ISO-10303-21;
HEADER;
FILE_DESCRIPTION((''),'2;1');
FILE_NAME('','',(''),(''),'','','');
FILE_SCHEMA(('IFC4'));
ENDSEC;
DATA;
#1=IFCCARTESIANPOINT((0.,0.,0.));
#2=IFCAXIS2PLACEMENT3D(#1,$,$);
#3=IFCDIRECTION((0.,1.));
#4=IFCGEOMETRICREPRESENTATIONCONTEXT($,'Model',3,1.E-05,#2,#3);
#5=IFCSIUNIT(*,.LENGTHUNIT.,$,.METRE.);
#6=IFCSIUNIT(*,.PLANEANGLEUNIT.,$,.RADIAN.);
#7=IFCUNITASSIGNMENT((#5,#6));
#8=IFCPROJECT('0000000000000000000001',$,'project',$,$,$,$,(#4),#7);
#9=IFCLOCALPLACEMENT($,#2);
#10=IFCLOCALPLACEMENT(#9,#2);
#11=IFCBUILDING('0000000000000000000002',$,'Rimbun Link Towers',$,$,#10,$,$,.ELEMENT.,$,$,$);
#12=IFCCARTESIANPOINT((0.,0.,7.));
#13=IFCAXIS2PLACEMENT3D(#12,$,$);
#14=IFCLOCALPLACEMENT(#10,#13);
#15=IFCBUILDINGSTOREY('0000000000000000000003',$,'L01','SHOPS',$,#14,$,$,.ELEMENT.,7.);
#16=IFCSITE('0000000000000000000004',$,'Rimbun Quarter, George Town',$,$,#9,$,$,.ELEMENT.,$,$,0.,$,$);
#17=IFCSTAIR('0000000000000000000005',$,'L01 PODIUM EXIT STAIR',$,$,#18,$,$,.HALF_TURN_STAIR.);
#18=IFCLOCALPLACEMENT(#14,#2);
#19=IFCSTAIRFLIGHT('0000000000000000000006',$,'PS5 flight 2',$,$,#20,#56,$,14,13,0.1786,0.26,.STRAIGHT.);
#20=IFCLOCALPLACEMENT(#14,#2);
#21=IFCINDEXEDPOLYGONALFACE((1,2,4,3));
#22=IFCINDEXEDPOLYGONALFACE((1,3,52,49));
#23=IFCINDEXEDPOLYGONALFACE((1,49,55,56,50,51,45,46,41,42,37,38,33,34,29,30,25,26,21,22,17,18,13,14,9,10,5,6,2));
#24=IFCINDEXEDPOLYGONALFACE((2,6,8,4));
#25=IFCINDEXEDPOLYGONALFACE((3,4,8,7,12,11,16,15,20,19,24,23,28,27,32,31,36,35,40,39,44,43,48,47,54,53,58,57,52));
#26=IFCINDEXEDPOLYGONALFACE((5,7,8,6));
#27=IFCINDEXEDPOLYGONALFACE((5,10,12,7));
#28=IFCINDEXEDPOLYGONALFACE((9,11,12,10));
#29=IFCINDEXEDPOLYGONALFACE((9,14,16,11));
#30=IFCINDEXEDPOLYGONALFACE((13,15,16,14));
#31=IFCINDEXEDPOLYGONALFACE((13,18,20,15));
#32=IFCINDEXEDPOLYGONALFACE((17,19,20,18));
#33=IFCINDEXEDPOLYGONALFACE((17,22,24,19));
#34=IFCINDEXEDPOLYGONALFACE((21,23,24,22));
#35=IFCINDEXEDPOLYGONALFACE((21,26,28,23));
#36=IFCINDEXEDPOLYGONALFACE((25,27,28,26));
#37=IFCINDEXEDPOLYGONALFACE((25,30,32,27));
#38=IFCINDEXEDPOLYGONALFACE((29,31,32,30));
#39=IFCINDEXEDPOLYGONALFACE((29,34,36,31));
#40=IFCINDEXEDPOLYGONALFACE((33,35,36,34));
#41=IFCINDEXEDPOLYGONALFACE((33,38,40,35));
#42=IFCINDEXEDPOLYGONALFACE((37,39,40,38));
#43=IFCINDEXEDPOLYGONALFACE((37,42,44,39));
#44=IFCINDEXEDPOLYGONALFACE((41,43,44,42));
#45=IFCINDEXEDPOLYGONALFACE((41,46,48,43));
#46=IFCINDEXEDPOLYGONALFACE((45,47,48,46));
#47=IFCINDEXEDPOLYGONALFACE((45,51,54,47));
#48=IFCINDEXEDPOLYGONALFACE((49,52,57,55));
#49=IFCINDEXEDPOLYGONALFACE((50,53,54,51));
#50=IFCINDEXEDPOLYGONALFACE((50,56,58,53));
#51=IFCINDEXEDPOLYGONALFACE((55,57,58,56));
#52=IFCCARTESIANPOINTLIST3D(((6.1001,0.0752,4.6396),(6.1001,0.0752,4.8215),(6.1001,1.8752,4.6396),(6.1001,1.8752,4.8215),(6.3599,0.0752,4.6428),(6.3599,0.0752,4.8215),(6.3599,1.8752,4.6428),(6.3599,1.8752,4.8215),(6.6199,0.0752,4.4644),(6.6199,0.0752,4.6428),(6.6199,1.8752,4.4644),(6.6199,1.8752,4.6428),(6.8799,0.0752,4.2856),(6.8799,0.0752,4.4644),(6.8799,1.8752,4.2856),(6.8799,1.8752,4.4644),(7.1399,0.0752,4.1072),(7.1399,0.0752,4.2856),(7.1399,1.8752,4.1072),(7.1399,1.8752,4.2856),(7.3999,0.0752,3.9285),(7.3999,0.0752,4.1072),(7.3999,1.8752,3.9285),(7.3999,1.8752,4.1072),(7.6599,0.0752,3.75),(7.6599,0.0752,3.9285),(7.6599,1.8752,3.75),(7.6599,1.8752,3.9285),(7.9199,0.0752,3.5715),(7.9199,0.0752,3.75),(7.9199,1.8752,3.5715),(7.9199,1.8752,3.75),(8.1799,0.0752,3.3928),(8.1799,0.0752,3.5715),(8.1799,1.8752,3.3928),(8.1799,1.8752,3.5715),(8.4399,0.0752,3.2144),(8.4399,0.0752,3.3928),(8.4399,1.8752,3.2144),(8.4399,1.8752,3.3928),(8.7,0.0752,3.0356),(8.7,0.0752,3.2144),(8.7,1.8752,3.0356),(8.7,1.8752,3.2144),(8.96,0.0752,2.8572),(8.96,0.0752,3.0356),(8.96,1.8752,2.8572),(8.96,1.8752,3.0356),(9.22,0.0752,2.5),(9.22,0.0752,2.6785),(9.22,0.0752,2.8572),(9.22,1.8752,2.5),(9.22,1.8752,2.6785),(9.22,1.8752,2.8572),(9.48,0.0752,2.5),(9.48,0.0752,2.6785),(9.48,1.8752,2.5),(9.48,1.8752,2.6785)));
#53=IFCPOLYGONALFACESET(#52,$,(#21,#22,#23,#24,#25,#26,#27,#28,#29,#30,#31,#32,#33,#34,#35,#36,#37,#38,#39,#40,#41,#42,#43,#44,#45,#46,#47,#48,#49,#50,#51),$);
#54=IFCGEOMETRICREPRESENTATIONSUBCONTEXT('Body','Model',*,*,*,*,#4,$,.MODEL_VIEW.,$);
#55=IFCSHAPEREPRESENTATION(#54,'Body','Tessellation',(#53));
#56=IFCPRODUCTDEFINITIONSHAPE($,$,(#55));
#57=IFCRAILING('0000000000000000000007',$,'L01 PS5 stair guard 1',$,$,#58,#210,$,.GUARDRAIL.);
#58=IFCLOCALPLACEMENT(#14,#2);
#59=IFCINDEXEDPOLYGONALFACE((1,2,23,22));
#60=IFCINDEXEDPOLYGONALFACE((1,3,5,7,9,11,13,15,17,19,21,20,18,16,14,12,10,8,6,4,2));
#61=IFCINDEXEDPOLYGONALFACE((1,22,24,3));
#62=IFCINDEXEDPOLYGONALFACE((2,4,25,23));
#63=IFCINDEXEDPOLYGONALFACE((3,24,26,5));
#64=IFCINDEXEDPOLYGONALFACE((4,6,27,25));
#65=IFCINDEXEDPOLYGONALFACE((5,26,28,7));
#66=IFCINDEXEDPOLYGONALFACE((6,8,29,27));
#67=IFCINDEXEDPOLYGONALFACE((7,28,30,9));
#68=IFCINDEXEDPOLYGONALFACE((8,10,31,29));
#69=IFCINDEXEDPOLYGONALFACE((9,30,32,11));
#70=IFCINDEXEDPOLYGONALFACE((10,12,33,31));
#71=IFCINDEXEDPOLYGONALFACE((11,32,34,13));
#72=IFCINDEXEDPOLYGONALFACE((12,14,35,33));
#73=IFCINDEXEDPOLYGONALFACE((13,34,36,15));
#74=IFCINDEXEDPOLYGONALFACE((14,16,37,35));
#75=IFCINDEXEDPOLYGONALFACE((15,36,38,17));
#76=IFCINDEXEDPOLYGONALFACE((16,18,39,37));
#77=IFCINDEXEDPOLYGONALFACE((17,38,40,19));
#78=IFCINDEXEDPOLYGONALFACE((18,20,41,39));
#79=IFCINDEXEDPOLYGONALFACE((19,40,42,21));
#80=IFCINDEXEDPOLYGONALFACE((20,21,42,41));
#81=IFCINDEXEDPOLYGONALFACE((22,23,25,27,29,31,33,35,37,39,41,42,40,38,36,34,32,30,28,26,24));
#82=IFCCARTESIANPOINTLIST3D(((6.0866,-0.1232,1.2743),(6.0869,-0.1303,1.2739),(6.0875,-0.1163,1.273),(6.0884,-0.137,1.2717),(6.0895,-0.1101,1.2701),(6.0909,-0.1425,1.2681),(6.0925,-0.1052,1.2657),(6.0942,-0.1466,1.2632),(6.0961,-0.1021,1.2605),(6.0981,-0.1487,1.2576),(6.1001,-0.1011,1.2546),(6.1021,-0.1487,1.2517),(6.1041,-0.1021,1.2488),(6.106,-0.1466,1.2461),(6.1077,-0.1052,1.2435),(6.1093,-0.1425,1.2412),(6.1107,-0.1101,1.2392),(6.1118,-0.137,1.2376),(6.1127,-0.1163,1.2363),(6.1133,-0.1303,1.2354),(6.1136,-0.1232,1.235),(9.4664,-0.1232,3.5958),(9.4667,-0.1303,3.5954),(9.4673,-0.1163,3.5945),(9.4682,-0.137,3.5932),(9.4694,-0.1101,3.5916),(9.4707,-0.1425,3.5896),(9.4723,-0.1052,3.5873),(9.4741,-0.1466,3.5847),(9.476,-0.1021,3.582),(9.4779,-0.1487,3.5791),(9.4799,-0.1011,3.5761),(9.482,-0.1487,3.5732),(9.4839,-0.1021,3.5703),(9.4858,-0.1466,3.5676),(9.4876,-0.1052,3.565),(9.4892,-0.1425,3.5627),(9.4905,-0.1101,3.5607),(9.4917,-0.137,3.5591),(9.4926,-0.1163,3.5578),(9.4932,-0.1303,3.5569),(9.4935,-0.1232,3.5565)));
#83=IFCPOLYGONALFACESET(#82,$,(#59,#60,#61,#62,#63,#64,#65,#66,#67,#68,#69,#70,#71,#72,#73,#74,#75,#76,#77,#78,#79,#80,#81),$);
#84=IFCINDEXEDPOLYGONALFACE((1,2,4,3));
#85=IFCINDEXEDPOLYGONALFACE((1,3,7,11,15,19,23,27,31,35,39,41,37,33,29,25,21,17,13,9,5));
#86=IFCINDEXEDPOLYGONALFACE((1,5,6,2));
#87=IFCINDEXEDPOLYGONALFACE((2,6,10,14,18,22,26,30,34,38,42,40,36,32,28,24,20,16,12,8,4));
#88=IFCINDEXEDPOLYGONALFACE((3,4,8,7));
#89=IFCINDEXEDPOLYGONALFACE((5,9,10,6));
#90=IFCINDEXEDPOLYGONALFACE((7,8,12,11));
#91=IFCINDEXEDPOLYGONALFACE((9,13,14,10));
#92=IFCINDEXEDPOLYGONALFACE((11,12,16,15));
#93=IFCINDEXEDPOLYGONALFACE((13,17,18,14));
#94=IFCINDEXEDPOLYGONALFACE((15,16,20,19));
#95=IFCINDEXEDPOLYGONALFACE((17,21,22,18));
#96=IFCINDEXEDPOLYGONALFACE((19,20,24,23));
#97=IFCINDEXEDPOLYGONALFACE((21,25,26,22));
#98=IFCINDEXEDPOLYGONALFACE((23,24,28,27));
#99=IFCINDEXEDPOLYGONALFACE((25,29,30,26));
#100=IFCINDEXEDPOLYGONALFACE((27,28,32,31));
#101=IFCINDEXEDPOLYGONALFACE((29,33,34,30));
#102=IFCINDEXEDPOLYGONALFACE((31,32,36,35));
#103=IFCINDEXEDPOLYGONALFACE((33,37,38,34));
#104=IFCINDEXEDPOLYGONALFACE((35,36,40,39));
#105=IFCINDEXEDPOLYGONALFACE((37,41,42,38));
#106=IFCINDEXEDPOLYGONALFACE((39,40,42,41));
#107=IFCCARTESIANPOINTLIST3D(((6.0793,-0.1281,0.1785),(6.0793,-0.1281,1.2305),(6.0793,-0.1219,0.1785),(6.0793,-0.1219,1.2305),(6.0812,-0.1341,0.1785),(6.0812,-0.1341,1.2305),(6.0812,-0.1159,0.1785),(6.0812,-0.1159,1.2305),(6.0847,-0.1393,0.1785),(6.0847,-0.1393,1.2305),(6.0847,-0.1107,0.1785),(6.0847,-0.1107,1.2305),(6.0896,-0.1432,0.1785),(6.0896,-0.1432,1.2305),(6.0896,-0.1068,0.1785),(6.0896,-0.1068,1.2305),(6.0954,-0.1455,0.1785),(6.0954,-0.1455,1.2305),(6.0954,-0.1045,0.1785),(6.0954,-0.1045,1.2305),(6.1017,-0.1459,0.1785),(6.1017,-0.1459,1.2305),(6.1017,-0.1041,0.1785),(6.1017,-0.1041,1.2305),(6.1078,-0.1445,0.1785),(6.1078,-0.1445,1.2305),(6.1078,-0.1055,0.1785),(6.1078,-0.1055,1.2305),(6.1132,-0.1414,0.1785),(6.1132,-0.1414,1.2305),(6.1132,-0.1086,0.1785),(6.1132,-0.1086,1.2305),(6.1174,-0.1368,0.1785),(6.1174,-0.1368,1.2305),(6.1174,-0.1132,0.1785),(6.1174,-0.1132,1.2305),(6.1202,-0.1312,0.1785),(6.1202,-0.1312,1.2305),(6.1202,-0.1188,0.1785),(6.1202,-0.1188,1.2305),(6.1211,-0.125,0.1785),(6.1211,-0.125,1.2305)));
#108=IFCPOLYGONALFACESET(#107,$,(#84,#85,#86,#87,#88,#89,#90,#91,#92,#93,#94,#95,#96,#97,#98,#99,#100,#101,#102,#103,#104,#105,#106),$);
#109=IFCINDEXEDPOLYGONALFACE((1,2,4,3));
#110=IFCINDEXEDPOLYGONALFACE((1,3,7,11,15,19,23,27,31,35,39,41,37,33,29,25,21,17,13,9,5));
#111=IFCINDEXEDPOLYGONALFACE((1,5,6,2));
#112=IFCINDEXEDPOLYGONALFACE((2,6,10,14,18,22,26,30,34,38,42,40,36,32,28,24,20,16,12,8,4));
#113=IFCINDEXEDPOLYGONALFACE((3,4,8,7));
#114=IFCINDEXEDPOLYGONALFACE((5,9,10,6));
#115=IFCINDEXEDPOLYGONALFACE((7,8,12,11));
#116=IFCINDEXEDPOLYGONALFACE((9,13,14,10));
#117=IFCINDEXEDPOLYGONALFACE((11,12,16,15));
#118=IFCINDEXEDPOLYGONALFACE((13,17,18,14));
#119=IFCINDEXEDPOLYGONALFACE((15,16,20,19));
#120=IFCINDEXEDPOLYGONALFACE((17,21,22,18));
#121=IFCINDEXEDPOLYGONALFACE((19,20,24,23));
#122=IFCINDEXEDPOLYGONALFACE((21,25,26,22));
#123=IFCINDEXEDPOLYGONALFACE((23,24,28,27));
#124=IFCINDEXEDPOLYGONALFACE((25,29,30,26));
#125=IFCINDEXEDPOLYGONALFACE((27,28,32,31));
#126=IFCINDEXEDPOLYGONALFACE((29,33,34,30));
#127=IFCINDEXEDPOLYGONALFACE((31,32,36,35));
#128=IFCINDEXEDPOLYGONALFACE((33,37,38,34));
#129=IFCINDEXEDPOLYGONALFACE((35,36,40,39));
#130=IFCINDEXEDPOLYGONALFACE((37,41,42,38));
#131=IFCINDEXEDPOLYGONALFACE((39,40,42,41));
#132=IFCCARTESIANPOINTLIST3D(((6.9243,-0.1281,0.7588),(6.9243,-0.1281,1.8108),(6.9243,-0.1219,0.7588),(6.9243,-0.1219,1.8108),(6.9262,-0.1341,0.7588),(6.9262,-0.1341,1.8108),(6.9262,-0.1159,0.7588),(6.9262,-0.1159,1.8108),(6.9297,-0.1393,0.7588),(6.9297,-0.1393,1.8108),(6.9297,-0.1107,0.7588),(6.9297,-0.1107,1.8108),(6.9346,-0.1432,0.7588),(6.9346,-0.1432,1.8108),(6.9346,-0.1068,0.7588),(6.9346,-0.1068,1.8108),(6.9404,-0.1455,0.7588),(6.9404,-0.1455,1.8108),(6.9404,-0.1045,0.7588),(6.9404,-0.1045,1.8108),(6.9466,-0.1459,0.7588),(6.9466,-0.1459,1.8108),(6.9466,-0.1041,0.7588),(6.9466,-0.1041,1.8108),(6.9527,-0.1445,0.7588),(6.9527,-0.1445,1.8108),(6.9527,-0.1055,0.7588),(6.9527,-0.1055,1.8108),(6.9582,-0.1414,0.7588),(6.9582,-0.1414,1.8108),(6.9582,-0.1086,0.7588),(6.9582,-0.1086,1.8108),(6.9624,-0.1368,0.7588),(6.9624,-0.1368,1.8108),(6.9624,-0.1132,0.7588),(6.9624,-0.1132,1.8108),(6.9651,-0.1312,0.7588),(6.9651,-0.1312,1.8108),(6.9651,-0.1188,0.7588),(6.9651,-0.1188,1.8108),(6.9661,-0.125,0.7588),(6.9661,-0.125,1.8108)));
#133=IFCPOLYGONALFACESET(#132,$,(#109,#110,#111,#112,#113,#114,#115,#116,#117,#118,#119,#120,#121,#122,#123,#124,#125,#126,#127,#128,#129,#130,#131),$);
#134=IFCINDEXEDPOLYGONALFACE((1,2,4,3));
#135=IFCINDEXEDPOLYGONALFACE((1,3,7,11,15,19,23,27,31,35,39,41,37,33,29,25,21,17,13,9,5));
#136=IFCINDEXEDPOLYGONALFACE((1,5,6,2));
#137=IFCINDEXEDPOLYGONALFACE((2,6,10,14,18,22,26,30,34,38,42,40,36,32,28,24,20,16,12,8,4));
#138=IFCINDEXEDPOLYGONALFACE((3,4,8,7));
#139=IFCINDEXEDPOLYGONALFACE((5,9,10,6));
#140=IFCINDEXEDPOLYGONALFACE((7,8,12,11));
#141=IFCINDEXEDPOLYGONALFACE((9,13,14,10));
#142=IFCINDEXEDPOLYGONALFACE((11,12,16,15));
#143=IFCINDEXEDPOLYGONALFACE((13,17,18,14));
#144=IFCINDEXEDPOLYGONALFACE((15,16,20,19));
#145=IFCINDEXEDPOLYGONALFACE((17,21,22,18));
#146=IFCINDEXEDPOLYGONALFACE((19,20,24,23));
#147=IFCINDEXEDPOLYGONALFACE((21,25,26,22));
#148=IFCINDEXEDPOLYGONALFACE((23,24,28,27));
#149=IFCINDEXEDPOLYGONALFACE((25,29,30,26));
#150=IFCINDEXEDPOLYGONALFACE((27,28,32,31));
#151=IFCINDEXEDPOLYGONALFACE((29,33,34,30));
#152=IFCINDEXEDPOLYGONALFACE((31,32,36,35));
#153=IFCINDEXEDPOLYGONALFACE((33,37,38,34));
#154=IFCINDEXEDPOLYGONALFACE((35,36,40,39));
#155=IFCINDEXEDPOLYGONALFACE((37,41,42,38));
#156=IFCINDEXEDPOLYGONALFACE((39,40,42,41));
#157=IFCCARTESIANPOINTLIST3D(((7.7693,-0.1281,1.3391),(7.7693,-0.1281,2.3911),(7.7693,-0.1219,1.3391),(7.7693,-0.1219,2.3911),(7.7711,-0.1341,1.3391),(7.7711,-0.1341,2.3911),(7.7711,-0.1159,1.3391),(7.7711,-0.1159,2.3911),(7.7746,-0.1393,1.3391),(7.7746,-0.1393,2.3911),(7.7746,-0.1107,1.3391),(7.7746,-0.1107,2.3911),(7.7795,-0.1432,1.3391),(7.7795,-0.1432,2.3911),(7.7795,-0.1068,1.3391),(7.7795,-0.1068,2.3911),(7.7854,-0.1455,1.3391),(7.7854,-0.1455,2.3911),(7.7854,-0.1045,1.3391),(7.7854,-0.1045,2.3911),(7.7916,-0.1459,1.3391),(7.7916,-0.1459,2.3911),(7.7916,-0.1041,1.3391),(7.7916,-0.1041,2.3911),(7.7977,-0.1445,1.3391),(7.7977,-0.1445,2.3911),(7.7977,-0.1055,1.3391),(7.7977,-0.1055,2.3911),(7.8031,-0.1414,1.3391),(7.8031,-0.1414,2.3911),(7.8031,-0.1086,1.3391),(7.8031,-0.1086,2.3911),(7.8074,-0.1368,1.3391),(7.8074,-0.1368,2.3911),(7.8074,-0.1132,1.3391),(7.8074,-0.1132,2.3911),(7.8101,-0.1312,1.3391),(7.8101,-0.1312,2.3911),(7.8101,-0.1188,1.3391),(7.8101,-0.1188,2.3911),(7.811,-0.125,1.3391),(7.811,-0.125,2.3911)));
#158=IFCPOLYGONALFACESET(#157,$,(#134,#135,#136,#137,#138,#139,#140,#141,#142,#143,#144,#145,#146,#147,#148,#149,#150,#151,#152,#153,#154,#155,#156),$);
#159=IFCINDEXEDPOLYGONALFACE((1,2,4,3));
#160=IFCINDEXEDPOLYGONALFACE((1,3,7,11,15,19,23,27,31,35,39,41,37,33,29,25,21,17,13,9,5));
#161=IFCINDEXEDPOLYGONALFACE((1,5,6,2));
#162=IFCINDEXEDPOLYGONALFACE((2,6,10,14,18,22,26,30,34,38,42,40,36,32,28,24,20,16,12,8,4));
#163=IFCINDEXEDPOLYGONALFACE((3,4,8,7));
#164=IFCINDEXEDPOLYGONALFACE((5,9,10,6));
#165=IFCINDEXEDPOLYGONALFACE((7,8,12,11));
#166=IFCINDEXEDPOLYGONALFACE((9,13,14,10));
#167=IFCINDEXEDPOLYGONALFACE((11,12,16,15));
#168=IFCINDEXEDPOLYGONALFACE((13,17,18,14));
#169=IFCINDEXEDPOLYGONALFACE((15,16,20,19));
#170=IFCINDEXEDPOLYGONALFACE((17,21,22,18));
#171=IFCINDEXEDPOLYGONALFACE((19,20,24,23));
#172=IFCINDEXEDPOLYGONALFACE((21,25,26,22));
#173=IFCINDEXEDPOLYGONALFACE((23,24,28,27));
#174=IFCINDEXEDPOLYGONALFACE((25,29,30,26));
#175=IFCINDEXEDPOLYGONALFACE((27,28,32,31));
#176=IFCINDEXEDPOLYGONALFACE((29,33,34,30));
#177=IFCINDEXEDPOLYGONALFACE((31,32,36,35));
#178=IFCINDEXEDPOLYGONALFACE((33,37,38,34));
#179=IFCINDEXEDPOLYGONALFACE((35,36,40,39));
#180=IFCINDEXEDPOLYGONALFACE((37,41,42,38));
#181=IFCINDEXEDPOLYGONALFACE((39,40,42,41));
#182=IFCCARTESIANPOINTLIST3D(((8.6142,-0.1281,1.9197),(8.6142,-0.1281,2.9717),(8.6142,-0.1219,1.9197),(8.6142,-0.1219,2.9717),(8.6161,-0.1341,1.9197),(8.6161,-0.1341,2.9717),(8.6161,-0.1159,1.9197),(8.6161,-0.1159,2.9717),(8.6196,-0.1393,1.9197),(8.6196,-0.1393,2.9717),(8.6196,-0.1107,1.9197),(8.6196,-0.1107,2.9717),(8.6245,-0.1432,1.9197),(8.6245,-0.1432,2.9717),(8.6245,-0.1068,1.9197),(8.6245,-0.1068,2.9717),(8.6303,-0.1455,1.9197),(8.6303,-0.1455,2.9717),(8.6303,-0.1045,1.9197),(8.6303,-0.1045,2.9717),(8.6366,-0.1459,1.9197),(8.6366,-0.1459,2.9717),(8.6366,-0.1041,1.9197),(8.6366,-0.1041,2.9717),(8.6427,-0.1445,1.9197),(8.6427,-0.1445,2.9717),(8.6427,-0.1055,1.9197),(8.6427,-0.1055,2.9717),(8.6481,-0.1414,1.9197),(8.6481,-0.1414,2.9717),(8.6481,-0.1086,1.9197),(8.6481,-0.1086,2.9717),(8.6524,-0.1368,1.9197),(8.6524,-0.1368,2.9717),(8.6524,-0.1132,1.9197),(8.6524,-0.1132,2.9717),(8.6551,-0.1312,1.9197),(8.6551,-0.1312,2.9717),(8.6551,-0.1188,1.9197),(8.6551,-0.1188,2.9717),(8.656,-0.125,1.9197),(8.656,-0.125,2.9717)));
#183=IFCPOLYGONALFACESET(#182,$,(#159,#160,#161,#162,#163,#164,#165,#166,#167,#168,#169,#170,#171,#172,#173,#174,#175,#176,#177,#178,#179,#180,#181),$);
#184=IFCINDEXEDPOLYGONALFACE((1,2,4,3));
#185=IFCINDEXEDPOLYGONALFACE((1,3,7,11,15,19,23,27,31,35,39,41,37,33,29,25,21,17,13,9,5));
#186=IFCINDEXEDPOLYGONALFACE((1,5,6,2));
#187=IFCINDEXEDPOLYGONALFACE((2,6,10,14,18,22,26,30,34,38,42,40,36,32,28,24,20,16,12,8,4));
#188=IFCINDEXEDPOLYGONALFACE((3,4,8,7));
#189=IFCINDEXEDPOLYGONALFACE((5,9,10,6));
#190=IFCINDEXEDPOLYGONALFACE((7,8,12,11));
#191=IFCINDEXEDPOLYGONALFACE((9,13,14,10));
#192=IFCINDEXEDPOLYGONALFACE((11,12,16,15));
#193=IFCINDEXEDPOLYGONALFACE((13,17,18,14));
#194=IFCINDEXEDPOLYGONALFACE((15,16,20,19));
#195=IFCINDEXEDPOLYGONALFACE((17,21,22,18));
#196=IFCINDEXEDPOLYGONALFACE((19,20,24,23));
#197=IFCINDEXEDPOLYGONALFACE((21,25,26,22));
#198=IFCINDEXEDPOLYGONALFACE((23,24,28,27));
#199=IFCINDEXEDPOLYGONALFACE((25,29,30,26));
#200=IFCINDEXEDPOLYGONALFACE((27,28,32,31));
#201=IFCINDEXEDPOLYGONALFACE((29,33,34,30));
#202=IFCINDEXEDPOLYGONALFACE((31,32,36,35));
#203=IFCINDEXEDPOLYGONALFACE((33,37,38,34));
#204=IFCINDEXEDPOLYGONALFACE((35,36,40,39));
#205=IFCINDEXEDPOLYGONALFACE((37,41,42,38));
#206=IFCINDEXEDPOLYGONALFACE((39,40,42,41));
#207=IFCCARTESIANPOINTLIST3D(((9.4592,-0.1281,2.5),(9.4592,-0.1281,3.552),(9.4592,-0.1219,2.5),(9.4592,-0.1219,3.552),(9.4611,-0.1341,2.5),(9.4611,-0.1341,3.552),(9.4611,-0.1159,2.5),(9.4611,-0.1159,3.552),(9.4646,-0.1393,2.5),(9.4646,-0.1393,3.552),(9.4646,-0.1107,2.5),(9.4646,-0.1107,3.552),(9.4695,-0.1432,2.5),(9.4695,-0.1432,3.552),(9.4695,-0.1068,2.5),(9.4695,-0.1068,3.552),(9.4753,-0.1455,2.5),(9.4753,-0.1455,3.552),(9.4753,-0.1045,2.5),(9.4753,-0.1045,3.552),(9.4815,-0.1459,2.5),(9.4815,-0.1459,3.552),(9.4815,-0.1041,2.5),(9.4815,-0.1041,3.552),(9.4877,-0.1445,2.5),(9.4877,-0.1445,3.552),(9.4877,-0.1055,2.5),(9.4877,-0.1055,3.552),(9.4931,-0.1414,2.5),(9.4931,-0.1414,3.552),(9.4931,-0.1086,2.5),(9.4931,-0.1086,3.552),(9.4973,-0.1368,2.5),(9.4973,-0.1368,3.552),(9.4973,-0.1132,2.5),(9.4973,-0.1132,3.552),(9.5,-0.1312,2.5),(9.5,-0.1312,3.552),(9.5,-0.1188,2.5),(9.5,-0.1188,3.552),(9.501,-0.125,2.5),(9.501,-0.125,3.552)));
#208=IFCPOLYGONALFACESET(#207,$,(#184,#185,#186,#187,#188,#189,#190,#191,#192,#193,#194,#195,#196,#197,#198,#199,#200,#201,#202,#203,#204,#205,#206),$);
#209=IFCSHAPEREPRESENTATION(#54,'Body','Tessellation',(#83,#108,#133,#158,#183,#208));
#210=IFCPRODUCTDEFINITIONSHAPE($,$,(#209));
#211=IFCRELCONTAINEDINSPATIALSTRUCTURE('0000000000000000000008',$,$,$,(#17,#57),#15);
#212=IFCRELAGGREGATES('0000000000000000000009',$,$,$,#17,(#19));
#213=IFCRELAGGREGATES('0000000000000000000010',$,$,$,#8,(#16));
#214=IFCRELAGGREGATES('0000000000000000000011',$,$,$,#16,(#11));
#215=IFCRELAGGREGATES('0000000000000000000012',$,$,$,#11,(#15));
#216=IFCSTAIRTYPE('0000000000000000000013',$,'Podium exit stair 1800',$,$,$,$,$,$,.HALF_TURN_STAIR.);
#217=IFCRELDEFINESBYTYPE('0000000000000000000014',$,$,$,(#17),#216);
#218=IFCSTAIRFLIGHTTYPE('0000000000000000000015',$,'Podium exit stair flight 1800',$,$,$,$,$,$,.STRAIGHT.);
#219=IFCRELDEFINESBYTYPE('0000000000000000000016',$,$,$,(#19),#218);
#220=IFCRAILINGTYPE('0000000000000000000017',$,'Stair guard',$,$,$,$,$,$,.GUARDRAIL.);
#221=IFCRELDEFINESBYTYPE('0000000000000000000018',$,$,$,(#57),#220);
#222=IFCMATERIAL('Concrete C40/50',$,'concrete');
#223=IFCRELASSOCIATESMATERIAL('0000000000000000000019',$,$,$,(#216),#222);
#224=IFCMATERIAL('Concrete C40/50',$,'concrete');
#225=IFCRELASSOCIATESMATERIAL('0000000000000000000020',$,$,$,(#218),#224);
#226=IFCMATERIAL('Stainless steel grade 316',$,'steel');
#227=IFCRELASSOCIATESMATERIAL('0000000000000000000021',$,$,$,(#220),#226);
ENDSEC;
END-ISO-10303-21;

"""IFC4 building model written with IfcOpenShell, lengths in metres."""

from ifc_helpers import new_model, si_unit, direction, frame, origin, origin_2d, place, context, subcontext, project, spatial, polyline, circle, outline, extrude, material, type_object, element, aggregate, save


model = new_model("IFC4")

# Units and contexts
model_context = context("Model", 3, precision=1e-05, world=origin(), true_north=direction((0.0, 1.0)))
body_context = subcontext(model_context, "Body", "Model", "MODEL_VIEW")
ifc_project = project(units=[si_unit("LENGTHUNIT", "METRE"), si_unit("PLANEANGLEUNIT", "RADIAN")], contexts=[model_context])

# Site, building, storey
site_placement = place(None, origin())
site = spatial("IfcSite", under=ifc_project, at=site_placement, Name="Rimbun Quarter, George Town", CompositionType="ELEMENT", RefElevation=0.0)
building_placement = place(site_placement, origin())
building = spatial("IfcBuilding", under=site, at=building_placement, Name="Rimbun Link Towers", CompositionType="ELEMENT")
storey_placement = place(building_placement, frame((0.0, 0.0, 7.0)))
storey = spatial("IfcBuildingStorey", under=building, at=storey_placement, Name="L01", Description="SHOPS", CompositionType="ELEMENT", Elevation=7.0)

# Stair, stair flight
ifc_material_1 = material(Name="Concrete C40/50", Category="concrete")
stair_type = type_object("IfcStairType", Name="Podium exit stair 1800", PredefinedType="HALF_TURN_STAIR", material=ifc_material_1)
stair_placement = place(storey_placement, origin())
stair = element("IfcStair", 1, at=stair_placement, inside=storey, type_object=stair_type, Name="L01 PODIUM EXIT STAIR", PredefinedType="HALF_TURN_STAIR")
ifc_material_2 = material(Name="Concrete C40/50", Category="concrete")
stair_flight_type = type_object("IfcStairFlightType", Name="Podium exit stair flight 1800", PredefinedType="STRAIGHT", material=ifc_material_2)
stair_flight_placement = place(storey_placement, frame((9.48, 0.9751, 2.5), z_axis=(0.0, 0.0, 1.0), x_axis=(-1.0, 0.0, 0.0)))
stair_flight = element("IfcStairFlight", 2, at=stair_flight_placement, type_object=stair_flight_type, Name="PS5 flight 2", NumberOfRisers=14, NumberOfTreads=13, PredefinedType="STRAIGHT", RiserHeight=0.1786, TreadLength=0.26, context=body_context, shape_type="SweptSolid", body=[
    extrude(outline(polyline([(0.0, 0.0), (0.0, 0.1785), (0.26, 0.1785), (0.26, 0.3572), (0.52, 0.3572), (0.52, 0.5356), (0.78, 0.5356), (0.78, 0.7144), (1.04, 0.7144), (1.04, 0.8928), (1.3, 0.8928), (1.3, 1.0715), (1.5601, 1.0715), (1.5601, 1.25), (1.8201, 1.25), (1.8201, 1.4285), (2.0801, 1.4285), (2.0801, 1.6072), (2.3401, 1.6072), (2.3401, 1.7856), (2.6001, 1.7856), (2.6001, 1.9644), (2.8601, 1.9644), (2.8601, 2.1428), (3.1201, 2.1428), (3.1201, 2.3215), (3.3799, 2.3215), (3.3799, 2.5), (3.3799, 2.1396), (0.26, 0.0), (0.0, 0.0)])), frame((0.0, 0.8999, 0.0), z_axis=(0.0, -1.0, 0.0), x_axis=(1.0, 0.0, 0.0)), (0.0, 0.0, 1.0), 1.8),
])
aggregate(stair, [stair_flight])

# Railing
ifc_material_3 = material(Name="Stainless steel grade 316", Category="steel")
railing_type_1 = type_object("IfcRailingType", Name="Stair guard", PredefinedType="GUARDRAIL", material=ifc_material_3)
railing_1_placement = place(storey_placement, frame((6.1001, -0.125, 0.1785)))
element("IfcRailing", 3, at=railing_1_placement, inside=storey, type_object=railing_type_1, Name="L01 PS5 stair guard 1", PredefinedType="GUARDRAIL", context=body_context, shape_type="SweptSolid", body=[
    extrude(circle(Radius=0.0239, at=origin_2d()), frame((0.0, 0.0, 1.0762), z_axis=(0.824285, 0.0, 0.566175), x_axis=(0.0, 1.0, 0.0)), (0.0, 0.0, 1.0), 4.1003),
    extrude(circle(Radius=0.021, at=origin_2d()), origin(), (0.0, 0.0, 1.0), 1.052),
    extrude(circle(Radius=0.021, at=origin_2d()), frame((0.845, 0.0, 0.5803)), (0.0, 0.0, 1.0), 1.052),
    extrude(circle(Radius=0.021, at=origin_2d()), frame((1.6899, 0.0, 1.1606)), (0.0, 0.0, 1.0), 1.052),
    extrude(circle(Radius=0.021, at=origin_2d()), frame((2.5349, 0.0, 1.7412)), (0.0, 0.0, 1.0), 1.052),
    extrude(circle(Radius=0.021, at=origin_2d()), frame((3.3799, 0.0, 2.3215)), (0.0, 0.0, 1.0), 1.052),
])

save(model, "model.ifc")
